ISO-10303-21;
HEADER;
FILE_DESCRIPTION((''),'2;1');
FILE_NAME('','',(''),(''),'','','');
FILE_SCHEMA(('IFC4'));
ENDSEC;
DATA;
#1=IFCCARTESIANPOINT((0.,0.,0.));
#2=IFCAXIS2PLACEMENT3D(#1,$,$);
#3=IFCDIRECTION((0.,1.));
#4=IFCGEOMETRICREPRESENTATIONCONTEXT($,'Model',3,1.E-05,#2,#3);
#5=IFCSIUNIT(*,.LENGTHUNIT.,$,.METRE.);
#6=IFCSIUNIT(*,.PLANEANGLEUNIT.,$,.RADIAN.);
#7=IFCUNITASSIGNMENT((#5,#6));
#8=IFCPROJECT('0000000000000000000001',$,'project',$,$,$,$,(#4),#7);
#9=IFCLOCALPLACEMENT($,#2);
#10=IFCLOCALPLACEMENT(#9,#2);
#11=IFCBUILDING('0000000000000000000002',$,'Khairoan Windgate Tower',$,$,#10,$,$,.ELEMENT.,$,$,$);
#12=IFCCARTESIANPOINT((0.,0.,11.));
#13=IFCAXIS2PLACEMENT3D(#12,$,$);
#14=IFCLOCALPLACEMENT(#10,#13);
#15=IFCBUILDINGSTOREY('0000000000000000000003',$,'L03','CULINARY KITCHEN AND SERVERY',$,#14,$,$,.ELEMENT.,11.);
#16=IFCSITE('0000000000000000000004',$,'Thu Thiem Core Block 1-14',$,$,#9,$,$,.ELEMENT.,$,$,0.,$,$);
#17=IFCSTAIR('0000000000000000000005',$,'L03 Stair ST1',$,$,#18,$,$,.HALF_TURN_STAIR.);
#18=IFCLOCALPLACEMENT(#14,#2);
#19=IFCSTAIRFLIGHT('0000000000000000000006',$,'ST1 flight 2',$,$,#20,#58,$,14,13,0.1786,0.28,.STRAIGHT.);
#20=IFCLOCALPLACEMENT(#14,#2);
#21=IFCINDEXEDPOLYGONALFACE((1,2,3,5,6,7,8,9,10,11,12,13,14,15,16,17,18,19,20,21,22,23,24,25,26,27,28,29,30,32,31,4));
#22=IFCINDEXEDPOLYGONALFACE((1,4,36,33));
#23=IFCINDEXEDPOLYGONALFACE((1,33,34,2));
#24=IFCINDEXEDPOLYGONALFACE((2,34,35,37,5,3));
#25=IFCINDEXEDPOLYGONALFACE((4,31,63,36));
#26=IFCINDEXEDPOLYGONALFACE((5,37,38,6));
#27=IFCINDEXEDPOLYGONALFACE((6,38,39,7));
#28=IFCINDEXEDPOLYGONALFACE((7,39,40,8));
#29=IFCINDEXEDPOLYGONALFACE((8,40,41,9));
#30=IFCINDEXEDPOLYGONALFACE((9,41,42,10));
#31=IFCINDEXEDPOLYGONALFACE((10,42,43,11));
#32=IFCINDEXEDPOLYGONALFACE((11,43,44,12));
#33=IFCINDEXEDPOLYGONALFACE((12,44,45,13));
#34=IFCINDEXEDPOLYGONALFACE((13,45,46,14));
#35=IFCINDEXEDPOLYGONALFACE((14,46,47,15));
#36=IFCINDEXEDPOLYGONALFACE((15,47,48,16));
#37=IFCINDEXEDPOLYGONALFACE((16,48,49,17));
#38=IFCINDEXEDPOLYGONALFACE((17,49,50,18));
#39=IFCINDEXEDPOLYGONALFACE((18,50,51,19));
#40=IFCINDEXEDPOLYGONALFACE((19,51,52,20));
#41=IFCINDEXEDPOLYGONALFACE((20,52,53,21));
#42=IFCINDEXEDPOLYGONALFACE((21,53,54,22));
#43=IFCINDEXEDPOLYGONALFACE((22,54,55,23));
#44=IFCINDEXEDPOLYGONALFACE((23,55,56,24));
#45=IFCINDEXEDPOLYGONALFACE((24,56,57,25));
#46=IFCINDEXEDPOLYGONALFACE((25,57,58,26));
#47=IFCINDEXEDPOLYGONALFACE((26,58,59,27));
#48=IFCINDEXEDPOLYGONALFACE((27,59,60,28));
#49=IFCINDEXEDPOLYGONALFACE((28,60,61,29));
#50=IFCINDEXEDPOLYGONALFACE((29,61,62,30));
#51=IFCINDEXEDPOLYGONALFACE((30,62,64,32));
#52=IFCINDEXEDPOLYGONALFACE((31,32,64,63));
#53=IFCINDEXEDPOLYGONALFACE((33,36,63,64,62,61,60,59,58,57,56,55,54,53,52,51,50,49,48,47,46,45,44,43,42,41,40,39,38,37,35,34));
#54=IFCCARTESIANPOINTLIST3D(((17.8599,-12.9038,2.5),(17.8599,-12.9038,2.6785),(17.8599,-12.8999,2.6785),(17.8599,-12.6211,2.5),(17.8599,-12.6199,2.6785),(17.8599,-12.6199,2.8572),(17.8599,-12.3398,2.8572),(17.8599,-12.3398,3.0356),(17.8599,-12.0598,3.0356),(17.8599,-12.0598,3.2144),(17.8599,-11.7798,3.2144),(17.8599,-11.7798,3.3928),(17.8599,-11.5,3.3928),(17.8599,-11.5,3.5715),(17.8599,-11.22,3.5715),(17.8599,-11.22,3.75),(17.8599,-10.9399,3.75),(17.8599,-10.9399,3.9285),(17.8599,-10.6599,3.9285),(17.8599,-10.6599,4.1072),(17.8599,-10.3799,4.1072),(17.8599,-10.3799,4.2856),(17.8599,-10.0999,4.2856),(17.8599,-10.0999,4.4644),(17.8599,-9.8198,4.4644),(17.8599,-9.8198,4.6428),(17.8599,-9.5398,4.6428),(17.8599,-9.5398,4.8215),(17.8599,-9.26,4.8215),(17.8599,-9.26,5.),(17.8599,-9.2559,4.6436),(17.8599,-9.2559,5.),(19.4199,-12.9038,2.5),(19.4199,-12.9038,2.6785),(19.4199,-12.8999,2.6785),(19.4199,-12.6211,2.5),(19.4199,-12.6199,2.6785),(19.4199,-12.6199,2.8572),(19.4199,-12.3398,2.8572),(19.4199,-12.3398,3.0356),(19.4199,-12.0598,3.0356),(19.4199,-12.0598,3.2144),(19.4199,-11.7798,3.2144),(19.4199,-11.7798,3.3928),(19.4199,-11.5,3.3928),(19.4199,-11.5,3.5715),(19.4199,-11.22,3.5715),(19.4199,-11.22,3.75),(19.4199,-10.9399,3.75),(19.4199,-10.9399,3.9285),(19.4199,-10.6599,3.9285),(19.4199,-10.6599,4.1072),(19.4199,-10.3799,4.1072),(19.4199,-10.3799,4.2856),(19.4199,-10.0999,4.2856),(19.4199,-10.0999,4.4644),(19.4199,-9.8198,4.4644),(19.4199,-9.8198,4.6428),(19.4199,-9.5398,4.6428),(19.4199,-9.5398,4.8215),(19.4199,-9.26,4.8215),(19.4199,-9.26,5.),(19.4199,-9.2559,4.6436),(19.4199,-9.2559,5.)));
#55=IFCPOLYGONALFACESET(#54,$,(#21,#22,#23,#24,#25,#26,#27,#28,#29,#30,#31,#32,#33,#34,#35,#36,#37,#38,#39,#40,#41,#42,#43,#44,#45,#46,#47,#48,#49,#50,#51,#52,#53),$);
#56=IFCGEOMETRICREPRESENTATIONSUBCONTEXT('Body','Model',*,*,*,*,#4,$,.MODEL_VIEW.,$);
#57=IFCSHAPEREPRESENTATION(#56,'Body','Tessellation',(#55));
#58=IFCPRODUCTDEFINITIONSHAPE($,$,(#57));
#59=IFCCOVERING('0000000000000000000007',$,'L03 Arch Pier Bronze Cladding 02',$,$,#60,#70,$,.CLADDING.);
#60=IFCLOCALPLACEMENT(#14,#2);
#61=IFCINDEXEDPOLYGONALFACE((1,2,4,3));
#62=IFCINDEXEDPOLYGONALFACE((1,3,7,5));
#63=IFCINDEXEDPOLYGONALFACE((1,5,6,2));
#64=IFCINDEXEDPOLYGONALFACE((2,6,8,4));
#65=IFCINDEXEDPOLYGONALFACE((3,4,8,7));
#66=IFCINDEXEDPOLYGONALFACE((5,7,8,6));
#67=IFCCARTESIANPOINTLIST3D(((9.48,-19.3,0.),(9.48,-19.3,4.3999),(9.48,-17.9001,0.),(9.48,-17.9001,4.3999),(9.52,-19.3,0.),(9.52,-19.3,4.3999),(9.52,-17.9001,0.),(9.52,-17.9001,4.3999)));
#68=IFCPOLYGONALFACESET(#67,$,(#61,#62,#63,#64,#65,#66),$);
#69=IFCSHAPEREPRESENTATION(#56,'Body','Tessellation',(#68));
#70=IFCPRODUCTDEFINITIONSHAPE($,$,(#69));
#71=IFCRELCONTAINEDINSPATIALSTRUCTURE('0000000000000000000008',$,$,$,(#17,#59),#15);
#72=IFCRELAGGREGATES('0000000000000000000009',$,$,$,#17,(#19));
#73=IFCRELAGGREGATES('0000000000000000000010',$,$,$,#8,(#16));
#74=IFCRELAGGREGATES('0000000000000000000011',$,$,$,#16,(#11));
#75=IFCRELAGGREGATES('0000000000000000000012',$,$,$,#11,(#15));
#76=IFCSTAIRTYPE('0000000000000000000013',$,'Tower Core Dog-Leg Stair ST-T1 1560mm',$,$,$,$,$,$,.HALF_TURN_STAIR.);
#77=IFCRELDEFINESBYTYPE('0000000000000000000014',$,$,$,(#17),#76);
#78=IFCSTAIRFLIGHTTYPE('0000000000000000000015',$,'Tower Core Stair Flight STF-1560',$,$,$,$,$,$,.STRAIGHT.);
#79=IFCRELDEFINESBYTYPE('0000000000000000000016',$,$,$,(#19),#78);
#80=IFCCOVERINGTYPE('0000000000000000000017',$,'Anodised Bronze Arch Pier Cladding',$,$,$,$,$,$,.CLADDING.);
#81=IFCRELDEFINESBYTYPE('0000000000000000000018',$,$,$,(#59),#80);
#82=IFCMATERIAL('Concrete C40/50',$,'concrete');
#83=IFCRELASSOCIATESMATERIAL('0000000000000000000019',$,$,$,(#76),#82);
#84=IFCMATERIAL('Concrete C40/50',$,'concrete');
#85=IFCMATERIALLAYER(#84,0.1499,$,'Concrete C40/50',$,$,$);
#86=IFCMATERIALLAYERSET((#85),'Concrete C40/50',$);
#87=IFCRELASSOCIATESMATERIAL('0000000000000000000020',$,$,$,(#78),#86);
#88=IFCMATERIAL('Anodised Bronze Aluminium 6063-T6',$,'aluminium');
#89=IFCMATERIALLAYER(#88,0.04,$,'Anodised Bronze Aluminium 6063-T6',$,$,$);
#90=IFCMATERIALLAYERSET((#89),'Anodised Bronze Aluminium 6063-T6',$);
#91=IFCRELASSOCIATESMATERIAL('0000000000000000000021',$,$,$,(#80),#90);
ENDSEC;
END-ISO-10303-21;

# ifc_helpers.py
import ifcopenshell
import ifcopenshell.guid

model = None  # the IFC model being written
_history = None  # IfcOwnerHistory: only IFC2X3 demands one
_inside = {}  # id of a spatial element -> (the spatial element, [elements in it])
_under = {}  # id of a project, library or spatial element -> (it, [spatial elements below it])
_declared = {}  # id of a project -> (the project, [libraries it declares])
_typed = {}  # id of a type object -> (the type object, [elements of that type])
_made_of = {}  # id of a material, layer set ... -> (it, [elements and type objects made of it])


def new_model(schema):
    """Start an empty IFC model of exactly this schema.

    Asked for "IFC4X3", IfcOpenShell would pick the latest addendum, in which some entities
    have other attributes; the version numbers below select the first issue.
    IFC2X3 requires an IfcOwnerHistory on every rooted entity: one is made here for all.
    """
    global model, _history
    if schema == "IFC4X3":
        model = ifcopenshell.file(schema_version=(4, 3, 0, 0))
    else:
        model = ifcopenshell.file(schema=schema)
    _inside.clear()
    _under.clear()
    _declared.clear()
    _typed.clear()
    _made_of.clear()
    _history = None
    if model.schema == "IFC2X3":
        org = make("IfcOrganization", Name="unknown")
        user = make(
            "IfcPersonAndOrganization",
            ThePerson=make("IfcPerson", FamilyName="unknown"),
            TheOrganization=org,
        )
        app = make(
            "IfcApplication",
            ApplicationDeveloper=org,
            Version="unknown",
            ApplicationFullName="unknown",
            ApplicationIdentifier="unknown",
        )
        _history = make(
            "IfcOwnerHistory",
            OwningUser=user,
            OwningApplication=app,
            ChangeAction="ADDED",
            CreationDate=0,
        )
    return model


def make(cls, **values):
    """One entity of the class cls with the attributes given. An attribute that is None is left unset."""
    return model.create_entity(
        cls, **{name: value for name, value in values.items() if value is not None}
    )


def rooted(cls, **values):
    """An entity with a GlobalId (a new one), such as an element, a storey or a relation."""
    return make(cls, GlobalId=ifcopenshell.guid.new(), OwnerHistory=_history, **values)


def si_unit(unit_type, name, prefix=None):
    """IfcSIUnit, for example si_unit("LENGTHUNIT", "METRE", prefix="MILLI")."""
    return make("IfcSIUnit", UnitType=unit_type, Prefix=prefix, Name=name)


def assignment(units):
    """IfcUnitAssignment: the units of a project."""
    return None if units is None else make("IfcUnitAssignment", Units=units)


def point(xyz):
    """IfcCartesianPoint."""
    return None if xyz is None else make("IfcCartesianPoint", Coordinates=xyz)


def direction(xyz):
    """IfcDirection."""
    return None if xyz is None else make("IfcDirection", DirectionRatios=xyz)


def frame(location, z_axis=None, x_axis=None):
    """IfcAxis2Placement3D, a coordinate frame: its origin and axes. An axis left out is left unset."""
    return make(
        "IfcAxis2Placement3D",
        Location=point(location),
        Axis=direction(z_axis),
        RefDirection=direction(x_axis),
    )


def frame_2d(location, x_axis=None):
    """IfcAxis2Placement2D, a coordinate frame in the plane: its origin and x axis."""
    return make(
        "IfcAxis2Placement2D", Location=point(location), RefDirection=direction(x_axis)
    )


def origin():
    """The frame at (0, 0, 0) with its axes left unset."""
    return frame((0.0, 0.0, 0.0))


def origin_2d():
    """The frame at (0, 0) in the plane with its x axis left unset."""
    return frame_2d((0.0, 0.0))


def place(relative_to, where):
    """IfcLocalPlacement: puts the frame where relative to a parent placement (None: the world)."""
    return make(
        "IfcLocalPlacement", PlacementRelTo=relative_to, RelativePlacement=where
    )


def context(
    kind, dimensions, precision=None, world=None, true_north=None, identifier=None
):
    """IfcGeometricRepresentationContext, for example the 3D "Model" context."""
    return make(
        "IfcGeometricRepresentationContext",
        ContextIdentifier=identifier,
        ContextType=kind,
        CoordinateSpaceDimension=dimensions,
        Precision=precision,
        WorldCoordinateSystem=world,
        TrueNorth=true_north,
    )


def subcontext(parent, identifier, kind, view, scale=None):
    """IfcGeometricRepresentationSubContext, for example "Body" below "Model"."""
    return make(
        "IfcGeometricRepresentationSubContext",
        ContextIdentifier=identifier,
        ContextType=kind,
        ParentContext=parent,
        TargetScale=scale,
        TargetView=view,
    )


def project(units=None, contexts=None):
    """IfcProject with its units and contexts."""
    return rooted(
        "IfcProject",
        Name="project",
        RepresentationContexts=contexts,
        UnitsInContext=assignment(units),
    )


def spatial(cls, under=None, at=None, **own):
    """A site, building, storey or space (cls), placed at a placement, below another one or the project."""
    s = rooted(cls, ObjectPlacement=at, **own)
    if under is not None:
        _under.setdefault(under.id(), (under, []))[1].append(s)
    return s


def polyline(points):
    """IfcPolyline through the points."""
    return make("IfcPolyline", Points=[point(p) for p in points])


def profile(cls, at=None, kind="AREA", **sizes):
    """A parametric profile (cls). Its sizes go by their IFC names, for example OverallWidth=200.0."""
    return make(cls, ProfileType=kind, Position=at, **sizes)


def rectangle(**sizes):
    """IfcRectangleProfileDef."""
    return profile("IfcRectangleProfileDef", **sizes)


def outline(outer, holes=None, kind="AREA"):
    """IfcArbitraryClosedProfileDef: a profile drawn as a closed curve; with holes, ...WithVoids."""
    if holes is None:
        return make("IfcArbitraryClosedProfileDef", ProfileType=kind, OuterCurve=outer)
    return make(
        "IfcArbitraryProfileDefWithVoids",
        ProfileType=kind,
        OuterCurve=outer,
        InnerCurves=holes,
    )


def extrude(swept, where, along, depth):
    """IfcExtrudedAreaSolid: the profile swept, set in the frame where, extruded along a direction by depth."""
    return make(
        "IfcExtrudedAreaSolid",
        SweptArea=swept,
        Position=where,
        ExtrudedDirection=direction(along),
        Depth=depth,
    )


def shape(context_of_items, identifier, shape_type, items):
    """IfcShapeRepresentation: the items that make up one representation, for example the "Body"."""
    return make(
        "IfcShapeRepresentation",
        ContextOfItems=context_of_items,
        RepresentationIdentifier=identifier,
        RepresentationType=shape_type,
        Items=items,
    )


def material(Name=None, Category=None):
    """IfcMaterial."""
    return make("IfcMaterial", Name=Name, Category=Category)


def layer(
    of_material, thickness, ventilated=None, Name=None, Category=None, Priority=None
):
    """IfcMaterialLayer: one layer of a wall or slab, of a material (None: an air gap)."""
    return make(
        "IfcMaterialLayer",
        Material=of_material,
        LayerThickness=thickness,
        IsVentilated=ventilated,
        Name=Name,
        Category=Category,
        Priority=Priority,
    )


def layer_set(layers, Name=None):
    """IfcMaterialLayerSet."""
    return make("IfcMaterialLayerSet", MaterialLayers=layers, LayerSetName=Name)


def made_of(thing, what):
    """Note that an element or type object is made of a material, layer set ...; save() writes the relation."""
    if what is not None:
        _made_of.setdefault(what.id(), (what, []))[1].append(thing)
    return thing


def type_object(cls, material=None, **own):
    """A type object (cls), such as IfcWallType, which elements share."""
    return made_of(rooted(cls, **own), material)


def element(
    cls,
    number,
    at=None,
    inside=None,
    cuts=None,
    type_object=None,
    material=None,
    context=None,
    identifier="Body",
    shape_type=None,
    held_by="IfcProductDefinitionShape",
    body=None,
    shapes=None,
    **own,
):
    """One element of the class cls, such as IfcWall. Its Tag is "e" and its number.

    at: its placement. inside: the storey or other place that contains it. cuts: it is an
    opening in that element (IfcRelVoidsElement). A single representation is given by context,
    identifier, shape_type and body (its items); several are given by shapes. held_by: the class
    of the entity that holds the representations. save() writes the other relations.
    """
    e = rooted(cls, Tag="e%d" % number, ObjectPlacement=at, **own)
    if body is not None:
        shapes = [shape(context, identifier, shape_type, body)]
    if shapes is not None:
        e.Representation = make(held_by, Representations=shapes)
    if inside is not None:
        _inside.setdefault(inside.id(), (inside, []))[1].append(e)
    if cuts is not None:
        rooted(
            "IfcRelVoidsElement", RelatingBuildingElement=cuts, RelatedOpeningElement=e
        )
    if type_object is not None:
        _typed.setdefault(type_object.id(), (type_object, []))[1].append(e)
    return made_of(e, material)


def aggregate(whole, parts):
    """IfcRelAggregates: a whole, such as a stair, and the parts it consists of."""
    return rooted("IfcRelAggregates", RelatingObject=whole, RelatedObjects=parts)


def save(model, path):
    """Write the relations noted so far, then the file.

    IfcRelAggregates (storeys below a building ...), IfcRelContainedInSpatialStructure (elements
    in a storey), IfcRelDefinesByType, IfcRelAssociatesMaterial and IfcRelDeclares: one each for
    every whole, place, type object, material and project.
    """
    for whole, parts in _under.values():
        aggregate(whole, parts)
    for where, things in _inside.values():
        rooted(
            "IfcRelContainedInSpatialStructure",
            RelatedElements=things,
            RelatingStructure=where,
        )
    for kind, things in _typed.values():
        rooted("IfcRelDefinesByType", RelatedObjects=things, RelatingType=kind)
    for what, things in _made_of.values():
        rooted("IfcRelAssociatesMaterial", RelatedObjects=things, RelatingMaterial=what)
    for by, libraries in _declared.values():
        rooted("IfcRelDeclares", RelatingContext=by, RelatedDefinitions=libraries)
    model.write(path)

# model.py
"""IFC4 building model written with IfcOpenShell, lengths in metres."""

from ifc_helpers import new_model, si_unit, direction, frame, origin, origin_2d, place, context, subcontext, project, spatial, polyline, rectangle, outline, extrude, material, layer, layer_set, type_object, element, aggregate, save


model = new_model("IFC4")

# Units and contexts
model_context = context("Model", 3, precision=1e-05, world=origin(), true_north=direction((0.0, 1.0)))
body_context = subcontext(model_context, "Body", "Model", "MODEL_VIEW")
ifc_project = project(units=[si_unit("LENGTHUNIT", "METRE"), si_unit("PLANEANGLEUNIT", "RADIAN")], contexts=[model_context])

# Site, building, storey
site_placement = place(None, origin())
site = spatial("IfcSite", under=ifc_project, at=site_placement, Name="Thu Thiem Core Block 1-14", CompositionType="ELEMENT", RefElevation=0.0)
building_placement = place(site_placement, origin())
building = spatial("IfcBuilding", under=site, at=building_placement, Name="Khairoan Windgate Tower", CompositionType="ELEMENT")
storey_placement = place(building_placement, frame((0.0, 0.0, 11.0)))
storey = spatial("IfcBuildingStorey", under=building, at=storey_placement, Name="L03", Description="CULINARY KITCHEN AND SERVERY", CompositionType="ELEMENT", Elevation=11.0)

# Stair, stair flight
ifc_material_1 = material(Name="Concrete C40/50", Category="concrete")
stair_type = type_object("IfcStairType", Name="Tower Core Dog-Leg Stair ST-T1 1560mm", PredefinedType="HALF_TURN_STAIR", material=ifc_material_1)
stair_placement = place(storey_placement, origin())
stair = element("IfcStair", 1, at=stair_placement, inside=storey, type_object=stair_type, Name="L03 Stair ST1", PredefinedType="HALF_TURN_STAIR")
ifc_material_2 = material(Name="Concrete C40/50", Category="concrete")
ifc_layer_1 = layer(ifc_material_2, 0.1499, Name="Concrete C40/50")
ifc_layer_set_1 = layer_set([ifc_layer_1], Name="Concrete C40/50")
stair_flight_type = type_object("IfcStairFlightType", Name="Tower Core Stair Flight STF-1560", PredefinedType="STRAIGHT", material=ifc_layer_set_1)
stair_flight_1_placement = place(storey_placement, frame((18.6399, -12.8999, 2.5), z_axis=(0.0, 0.0, 1.0), x_axis=(0.0, 1.0, 0.0)))
stair_flight_1 = element("IfcStairFlight", 2, at=stair_flight_1_placement, type_object=stair_flight_type, Name="ST1 flight 2", NumberOfRisers=14, NumberOfTreads=13, PredefinedType="STRAIGHT", RiserHeight=0.1786, TreadLength=0.28, context=body_context, shape_type="SweptSolid", body=[
    extrude(outline(polyline([(-0.0039, 0.0), (-0.0039, 0.1785), (0.0, 0.1785), (0.28, 0.1785), (0.28, 0.3572), (0.5601, 0.3572), (0.5601, 0.5356), (0.8401, 0.5356), (0.8401, 0.7144), (1.1201, 0.7144), (1.1201, 0.8928), (1.3999, 0.8928), (1.3999, 1.0715), (1.6799, 1.0715), (1.6799, 1.25), (1.96, 1.25), (1.96, 1.4285), (2.24, 1.4285), (2.24, 1.6072), (2.52, 1.6072), (2.52, 1.7856), (2.8, 1.7856), (2.8, 1.9644), (3.0801, 1.9644), (3.0801, 2.1428), (3.3601, 2.1428), (3.3601, 2.3215), (3.6399, 2.3215), (3.6399, 2.5), (3.644, 2.5), (3.644, 2.1436), (0.2788, 0.0), (-0.0039, 0.0)])), frame((0.0, 0.78, 0.0), z_axis=(0.0, -1.0, 0.0), x_axis=(1.0, 0.0, 0.0)), (0.0, 0.0, 1.0), 1.5601),
])
aggregate(stair, [stair_flight_1])

# Covering
ifc_material_3 = material(Name="Anodised Bronze Aluminium 6063-T6", Category="aluminium")
ifc_layer_2 = layer(ifc_material_3, 0.04, Name="Anodised Bronze Aluminium 6063-T6")
ifc_layer_set_2 = layer_set([ifc_layer_2], Name="Anodised Bronze Aluminium 6063-T6")
covering_type = type_object("IfcCoveringType", Name="Anodised Bronze Arch Pier Cladding", PredefinedType="CLADDING", material=ifc_layer_set_2)
covering_placement = place(storey_placement, frame((9.5, -18.6001, 0.0), z_axis=(0.0, 0.0, 1.0), x_axis=(1.0, 0.0, 0.0)))
element("IfcCovering", 3, at=covering_placement, inside=storey, type_object=covering_type, Name="L03 Arch Pier Bronze Cladding 02", PredefinedType="CLADDING", context=body_context, shape_type="SweptSolid", body=[
    extrude(rectangle(XDim=0.04, YDim=1.3999, at=origin_2d()), origin(), (0.0, 0.0, 1.0), 4.3999),
])

save(model, "model.ifc")
